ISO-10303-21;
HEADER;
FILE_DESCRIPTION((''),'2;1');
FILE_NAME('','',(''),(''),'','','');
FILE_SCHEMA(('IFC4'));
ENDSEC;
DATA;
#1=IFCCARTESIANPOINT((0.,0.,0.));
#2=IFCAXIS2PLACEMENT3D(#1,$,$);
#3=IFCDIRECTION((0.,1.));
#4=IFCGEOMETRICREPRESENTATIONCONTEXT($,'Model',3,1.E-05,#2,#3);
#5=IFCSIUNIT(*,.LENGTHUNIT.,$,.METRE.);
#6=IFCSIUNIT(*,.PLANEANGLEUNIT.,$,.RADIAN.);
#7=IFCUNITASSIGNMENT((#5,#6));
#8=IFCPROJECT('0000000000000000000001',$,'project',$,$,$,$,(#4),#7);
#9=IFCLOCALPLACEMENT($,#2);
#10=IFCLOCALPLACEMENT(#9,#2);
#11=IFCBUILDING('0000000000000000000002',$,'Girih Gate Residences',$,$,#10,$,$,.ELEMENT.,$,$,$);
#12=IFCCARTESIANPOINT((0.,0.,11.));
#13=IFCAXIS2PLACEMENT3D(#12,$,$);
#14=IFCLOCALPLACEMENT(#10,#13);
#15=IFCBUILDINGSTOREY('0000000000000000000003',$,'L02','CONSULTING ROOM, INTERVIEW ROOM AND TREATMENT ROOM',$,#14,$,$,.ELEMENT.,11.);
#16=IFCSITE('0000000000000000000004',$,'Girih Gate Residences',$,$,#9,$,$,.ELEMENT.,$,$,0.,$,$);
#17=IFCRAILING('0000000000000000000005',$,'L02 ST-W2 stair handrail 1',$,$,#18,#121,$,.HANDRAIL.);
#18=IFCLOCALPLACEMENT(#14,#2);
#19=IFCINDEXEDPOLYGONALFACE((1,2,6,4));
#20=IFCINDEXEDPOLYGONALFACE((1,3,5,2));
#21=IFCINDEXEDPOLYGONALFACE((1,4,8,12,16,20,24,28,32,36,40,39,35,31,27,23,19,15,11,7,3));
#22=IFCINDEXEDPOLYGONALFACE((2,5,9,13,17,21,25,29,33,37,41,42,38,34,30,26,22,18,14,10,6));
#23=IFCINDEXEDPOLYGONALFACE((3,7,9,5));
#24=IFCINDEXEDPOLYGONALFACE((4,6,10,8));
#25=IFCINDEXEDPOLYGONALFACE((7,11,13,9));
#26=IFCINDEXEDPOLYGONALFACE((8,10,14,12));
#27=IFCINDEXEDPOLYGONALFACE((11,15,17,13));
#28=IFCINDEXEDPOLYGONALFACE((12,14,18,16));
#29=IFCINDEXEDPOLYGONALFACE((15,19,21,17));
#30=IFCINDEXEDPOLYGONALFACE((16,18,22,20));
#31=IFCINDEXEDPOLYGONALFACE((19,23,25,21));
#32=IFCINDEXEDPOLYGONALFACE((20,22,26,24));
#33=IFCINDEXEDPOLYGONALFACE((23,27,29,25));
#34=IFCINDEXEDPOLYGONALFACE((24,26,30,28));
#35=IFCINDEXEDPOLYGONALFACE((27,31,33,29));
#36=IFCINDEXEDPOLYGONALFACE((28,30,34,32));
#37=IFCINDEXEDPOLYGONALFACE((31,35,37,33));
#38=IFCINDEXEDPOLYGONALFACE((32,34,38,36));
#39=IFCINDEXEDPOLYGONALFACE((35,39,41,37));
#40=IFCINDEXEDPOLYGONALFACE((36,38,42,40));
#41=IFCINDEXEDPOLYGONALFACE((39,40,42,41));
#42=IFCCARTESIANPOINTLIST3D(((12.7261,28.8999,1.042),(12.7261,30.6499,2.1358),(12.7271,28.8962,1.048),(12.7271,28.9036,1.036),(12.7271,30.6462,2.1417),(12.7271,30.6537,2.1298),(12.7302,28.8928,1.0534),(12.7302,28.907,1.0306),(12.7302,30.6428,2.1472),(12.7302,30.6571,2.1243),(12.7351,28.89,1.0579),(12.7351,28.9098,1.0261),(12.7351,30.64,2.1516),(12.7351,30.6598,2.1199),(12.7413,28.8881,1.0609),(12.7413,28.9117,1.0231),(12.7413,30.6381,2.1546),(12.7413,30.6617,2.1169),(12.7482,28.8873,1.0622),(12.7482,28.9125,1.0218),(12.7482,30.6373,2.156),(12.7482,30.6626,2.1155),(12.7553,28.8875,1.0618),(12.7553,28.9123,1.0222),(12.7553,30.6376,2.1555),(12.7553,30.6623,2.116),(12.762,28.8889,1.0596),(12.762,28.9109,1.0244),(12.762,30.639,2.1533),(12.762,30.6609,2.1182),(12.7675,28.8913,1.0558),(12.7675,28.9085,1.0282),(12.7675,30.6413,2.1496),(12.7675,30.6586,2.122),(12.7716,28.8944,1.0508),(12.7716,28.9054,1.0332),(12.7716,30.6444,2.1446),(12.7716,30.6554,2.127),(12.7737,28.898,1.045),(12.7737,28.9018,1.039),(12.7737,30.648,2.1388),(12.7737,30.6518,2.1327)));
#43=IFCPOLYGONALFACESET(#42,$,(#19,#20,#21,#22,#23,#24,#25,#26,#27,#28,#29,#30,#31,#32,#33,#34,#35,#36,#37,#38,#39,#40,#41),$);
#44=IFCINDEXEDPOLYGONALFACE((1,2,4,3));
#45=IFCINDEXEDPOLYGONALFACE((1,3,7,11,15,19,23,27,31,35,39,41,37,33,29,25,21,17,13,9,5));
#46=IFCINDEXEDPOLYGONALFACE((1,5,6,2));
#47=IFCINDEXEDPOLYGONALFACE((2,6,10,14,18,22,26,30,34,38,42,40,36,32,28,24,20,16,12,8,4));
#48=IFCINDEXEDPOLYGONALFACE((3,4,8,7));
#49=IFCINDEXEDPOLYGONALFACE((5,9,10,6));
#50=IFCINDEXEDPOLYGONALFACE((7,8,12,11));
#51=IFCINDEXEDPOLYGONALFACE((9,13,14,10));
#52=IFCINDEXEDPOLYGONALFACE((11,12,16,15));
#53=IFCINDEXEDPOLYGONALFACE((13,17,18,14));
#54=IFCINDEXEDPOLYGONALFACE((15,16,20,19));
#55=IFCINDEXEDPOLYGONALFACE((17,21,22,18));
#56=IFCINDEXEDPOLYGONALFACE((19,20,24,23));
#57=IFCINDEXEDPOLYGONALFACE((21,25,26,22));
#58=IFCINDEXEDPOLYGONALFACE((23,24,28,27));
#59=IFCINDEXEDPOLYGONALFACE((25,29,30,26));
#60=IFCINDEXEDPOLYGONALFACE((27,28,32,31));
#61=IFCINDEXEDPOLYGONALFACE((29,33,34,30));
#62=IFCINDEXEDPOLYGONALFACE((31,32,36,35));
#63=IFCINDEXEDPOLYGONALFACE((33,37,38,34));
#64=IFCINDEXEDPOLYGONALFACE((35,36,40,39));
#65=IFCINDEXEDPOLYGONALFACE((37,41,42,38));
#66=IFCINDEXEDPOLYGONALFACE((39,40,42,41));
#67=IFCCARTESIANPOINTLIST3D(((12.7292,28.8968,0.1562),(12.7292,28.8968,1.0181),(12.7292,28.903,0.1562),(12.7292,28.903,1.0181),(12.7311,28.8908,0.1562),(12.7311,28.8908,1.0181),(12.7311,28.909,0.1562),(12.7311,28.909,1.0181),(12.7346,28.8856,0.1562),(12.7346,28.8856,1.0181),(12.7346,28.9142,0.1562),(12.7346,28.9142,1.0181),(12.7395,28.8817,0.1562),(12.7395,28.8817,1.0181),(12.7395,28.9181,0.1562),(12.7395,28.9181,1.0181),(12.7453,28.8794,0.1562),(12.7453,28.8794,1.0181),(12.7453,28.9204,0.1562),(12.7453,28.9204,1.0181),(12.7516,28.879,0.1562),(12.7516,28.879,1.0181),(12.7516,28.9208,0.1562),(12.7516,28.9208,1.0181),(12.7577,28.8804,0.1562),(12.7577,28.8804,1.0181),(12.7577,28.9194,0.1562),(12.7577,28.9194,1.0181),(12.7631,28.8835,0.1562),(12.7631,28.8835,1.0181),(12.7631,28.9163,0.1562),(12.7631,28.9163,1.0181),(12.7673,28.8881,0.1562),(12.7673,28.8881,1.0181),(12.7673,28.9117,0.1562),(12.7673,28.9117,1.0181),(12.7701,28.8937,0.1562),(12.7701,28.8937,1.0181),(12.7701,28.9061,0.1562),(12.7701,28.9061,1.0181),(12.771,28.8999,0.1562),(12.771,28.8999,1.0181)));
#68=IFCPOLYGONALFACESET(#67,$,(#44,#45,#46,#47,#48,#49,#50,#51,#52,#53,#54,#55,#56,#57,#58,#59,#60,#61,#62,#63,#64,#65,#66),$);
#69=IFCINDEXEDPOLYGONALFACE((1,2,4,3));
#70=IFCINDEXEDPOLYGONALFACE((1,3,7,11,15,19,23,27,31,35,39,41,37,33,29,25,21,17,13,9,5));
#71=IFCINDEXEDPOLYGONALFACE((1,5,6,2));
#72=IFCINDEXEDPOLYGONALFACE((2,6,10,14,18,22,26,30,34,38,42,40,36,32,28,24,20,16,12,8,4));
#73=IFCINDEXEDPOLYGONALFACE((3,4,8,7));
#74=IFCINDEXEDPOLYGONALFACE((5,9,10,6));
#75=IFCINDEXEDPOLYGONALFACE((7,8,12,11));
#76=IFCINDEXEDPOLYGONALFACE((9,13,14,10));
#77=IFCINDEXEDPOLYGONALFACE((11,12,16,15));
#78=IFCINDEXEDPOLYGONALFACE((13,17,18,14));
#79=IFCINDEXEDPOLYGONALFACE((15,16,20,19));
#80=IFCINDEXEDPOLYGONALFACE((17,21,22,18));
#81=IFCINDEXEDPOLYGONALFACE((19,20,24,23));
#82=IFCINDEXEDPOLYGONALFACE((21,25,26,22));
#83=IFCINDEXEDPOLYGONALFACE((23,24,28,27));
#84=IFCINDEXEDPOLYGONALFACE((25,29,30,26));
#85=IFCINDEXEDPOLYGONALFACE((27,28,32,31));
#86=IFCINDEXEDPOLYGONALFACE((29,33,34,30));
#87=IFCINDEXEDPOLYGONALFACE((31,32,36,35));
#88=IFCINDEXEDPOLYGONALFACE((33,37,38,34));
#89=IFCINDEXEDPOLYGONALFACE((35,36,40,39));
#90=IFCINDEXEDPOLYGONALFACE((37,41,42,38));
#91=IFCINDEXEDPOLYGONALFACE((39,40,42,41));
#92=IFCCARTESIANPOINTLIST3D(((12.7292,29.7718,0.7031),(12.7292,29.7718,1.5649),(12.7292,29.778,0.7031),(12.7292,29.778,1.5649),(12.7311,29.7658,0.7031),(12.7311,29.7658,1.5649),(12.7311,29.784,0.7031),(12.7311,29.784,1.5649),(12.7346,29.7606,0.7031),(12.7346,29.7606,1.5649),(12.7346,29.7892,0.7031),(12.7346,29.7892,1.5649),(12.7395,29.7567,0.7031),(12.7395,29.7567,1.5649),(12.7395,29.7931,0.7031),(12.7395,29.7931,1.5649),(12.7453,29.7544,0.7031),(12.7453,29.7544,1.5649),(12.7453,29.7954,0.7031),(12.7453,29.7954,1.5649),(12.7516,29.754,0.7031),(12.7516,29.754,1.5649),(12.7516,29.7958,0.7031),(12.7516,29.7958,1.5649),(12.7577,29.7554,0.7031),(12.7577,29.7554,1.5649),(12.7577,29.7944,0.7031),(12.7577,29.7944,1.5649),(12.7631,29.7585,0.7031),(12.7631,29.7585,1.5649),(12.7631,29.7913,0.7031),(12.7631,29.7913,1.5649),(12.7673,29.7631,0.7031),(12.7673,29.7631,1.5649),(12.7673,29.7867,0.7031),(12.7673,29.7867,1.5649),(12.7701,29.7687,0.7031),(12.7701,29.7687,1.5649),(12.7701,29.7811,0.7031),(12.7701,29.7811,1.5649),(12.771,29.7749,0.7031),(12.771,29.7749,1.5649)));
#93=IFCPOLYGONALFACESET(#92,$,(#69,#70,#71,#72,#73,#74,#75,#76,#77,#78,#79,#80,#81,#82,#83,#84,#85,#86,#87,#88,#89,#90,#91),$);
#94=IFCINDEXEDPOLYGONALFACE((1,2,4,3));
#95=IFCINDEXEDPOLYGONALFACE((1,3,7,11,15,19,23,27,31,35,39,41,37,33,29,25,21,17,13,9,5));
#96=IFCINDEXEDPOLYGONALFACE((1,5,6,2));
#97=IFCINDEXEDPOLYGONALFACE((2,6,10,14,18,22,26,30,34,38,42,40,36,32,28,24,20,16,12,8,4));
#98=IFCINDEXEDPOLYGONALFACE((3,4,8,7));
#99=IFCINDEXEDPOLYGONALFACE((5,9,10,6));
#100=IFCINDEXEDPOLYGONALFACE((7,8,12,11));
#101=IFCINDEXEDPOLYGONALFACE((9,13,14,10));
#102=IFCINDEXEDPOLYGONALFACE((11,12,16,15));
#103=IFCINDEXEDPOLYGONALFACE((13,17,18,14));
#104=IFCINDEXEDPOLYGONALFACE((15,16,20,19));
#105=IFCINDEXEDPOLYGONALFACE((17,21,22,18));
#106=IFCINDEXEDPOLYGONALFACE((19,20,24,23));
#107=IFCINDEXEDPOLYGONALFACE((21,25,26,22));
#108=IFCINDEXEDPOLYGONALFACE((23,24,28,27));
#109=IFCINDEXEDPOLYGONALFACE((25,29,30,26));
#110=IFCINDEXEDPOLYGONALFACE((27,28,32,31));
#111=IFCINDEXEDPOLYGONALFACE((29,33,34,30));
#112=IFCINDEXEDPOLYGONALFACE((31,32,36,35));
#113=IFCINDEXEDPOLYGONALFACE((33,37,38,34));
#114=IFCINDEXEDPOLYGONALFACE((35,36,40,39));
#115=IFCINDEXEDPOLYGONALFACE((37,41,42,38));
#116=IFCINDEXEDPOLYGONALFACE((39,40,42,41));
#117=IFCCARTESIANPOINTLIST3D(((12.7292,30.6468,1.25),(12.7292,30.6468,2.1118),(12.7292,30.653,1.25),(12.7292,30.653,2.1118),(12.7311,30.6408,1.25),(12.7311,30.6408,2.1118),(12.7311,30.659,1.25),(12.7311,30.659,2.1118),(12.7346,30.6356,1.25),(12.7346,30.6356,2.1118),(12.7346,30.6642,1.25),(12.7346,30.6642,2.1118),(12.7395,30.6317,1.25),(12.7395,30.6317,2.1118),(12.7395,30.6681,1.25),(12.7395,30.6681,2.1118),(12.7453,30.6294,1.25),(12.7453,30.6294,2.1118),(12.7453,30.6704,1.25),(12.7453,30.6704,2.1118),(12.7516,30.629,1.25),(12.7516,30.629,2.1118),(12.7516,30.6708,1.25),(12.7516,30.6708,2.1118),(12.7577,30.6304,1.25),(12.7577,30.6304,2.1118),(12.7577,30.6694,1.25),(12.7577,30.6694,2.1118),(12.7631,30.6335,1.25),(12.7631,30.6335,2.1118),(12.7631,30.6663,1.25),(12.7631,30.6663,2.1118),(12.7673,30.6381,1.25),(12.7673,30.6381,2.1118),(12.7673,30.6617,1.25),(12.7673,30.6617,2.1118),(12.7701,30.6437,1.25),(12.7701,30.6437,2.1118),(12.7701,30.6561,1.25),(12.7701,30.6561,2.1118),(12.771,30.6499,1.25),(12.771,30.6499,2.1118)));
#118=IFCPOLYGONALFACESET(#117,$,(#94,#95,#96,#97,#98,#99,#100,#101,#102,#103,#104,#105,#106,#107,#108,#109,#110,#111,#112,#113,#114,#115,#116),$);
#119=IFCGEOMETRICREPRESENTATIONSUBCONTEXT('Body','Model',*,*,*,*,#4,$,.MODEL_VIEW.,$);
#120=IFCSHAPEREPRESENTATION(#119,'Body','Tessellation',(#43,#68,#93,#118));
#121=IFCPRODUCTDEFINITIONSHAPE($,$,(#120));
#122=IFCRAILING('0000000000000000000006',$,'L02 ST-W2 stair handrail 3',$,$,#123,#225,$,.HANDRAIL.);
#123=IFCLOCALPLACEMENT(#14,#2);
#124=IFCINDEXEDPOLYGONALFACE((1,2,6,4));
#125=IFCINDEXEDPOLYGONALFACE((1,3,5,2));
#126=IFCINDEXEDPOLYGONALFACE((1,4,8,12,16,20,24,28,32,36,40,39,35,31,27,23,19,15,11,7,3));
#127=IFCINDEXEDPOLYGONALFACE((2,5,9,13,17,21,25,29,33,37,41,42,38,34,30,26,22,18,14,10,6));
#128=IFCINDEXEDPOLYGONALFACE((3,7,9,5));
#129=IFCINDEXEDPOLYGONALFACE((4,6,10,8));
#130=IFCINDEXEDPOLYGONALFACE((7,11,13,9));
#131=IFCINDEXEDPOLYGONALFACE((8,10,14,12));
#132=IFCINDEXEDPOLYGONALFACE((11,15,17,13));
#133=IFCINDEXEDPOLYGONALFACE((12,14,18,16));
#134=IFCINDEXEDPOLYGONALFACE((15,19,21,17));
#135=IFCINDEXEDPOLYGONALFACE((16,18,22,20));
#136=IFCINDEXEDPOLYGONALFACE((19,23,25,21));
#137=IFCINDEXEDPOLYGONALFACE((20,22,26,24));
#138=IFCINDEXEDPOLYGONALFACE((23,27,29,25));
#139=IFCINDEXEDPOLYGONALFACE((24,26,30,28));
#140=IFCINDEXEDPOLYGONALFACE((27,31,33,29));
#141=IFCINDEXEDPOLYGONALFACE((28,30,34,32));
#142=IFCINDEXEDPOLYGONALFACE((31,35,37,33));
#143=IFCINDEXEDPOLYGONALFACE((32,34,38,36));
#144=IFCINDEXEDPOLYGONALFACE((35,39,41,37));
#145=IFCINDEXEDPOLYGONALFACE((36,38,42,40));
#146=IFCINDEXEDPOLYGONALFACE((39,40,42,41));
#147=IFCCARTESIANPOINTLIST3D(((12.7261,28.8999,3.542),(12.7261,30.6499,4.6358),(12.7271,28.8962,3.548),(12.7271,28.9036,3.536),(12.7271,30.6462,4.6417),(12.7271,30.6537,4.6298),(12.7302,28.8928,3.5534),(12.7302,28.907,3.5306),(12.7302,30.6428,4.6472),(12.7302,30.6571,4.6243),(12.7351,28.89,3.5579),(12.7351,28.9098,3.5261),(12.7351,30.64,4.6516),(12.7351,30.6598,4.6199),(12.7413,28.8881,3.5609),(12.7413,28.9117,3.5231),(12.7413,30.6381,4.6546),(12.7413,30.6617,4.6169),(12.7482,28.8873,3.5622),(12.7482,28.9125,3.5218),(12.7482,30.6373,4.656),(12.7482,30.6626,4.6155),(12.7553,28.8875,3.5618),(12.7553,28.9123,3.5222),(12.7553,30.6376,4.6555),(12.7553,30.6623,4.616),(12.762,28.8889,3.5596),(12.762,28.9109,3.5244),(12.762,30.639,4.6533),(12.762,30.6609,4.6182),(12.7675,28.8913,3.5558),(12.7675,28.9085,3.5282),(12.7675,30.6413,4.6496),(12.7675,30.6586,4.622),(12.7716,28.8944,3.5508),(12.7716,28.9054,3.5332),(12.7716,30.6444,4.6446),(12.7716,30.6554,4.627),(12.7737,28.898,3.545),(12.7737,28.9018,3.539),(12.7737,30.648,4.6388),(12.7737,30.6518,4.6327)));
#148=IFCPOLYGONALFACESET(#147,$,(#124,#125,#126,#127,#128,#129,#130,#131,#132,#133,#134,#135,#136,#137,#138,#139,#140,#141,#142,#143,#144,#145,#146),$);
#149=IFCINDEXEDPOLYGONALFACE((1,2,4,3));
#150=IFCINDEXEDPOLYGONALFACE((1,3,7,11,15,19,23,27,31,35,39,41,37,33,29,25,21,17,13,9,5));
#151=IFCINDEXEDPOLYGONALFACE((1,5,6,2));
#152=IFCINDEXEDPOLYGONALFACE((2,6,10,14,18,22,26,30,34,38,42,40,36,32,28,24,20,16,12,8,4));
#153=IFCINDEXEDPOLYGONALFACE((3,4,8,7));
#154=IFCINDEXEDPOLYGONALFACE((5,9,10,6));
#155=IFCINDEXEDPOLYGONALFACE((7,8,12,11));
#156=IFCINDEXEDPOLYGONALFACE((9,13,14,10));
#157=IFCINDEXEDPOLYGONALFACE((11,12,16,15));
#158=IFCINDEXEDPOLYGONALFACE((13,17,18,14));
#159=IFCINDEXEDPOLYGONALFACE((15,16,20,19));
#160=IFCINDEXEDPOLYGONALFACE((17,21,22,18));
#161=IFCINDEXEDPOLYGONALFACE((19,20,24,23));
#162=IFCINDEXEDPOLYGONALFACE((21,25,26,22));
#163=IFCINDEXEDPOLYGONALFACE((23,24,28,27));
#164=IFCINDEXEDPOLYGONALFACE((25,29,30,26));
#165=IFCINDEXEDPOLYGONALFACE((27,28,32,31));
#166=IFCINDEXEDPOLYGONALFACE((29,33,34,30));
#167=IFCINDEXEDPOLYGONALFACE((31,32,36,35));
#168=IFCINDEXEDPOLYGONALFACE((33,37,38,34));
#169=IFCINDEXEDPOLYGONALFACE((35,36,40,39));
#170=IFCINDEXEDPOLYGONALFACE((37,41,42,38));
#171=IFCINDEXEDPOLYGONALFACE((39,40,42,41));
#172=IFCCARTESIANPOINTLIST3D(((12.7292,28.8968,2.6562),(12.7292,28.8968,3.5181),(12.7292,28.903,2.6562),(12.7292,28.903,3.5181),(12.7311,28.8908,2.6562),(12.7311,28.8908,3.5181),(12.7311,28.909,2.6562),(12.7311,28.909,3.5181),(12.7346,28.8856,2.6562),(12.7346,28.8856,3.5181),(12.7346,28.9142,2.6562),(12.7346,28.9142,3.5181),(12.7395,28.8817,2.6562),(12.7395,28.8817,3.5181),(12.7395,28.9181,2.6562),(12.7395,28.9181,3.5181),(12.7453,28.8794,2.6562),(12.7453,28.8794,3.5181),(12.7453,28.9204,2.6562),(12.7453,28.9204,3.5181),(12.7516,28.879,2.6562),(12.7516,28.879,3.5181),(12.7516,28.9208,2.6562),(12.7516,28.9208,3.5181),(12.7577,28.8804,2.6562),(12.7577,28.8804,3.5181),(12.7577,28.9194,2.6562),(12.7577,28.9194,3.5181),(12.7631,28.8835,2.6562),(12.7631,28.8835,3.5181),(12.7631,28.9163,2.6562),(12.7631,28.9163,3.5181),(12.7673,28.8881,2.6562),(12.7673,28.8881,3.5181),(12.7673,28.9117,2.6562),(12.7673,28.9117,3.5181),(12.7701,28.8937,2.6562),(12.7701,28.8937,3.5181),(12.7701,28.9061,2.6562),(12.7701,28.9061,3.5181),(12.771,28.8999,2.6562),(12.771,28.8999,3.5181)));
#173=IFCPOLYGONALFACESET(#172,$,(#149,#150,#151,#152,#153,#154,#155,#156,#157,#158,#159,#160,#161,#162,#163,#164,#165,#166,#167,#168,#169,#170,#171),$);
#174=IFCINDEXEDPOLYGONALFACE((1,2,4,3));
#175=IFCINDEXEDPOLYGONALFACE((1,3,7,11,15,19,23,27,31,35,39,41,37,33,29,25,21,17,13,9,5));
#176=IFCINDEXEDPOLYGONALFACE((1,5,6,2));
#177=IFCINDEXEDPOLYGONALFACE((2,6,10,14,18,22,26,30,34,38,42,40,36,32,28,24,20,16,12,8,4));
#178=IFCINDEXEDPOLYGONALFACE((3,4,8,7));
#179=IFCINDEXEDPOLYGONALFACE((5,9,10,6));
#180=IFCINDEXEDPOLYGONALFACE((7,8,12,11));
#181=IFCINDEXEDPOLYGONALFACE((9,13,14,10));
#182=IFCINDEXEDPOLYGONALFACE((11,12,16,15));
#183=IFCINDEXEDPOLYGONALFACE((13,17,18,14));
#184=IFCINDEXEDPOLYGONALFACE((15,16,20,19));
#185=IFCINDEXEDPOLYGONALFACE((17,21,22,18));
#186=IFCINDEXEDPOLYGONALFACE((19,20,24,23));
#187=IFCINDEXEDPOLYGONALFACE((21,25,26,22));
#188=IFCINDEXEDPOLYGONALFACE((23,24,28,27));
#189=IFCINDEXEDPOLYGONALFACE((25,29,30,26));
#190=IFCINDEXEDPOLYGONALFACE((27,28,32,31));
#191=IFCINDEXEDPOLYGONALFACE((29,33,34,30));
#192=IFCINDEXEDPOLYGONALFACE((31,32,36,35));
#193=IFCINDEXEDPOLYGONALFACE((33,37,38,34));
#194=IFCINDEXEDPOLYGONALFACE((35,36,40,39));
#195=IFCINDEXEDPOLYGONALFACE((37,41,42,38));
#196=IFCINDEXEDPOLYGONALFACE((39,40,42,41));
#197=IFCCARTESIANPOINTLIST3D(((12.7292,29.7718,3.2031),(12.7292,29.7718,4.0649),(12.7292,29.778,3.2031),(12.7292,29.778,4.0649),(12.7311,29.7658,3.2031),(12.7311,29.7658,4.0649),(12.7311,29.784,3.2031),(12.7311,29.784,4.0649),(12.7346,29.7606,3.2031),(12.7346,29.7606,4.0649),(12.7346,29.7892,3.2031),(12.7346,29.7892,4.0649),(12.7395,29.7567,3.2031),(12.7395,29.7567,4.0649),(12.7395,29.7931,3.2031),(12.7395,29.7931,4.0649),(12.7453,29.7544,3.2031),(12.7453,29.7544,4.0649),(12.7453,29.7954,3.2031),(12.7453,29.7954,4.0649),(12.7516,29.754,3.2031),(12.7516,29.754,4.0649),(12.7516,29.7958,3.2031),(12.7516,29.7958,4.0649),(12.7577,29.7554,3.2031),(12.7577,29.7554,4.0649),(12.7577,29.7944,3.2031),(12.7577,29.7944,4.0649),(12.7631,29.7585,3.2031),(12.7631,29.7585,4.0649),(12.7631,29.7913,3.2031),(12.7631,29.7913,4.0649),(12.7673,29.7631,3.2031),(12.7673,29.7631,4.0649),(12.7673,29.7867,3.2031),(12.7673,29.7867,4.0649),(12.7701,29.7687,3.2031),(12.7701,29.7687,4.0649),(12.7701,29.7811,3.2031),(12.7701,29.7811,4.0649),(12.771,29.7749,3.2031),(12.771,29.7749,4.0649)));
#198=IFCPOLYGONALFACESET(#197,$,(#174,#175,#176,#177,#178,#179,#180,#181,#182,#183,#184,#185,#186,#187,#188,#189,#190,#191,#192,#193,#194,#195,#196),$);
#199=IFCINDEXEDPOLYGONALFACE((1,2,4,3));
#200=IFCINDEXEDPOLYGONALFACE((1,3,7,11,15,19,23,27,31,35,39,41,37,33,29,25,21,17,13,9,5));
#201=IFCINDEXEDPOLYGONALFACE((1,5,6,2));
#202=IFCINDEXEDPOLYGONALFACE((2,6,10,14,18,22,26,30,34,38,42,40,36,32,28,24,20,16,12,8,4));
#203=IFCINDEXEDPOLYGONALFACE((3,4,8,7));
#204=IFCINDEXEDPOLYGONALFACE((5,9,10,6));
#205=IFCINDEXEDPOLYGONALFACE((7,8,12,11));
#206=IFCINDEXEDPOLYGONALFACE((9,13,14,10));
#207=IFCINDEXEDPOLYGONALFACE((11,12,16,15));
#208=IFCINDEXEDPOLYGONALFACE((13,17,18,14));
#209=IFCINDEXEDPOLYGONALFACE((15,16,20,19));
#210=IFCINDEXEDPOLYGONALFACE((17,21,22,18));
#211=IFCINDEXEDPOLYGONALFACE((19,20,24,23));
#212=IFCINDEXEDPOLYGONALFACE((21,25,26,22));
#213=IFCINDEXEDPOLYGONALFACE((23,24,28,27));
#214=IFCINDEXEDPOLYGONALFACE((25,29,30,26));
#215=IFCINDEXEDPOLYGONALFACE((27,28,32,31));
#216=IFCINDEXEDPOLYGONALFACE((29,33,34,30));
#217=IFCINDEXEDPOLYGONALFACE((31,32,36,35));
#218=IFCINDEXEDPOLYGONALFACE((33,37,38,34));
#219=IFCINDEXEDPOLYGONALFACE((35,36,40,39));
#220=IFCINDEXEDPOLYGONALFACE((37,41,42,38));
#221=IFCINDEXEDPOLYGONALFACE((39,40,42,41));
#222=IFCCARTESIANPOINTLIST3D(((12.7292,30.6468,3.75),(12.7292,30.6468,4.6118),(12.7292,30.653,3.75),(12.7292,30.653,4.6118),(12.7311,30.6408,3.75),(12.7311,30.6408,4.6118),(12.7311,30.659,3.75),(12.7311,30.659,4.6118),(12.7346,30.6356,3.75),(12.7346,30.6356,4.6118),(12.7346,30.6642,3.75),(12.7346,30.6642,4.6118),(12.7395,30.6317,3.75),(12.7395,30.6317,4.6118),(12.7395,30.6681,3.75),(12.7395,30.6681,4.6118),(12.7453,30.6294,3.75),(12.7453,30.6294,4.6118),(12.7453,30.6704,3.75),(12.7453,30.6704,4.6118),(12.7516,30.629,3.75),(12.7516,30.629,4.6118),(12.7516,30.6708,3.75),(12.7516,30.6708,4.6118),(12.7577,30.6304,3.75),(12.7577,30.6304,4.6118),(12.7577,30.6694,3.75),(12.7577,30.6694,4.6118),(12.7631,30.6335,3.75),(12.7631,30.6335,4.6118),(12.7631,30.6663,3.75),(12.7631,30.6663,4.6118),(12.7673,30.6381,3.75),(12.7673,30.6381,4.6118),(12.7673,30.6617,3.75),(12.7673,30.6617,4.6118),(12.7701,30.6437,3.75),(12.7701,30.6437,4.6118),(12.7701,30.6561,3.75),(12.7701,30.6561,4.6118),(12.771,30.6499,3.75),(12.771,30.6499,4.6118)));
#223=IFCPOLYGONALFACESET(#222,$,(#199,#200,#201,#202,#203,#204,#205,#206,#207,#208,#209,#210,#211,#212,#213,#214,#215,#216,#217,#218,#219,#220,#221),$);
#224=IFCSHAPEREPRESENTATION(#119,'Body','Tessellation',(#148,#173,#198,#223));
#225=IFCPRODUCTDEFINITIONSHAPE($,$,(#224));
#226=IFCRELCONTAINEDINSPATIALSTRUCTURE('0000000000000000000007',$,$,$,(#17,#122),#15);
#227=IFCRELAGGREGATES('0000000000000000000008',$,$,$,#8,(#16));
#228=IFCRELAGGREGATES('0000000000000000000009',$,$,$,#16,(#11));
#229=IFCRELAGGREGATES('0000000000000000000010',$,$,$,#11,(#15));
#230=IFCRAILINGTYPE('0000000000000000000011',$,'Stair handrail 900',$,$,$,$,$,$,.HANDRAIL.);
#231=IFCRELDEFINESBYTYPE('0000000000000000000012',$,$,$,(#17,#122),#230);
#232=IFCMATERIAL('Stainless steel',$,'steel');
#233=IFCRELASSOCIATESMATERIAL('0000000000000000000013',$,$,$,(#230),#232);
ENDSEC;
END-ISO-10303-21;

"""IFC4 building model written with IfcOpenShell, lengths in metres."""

from ifc_helpers import new_model, si_unit, direction, frame, origin, origin_2d, place, context, subcontext, project, spatial, circle, extrude, material, type_object, element, save


model = new_model("IFC4")

# Units and contexts
model_context = context("Model", 3, precision=1e-05, world=origin(), true_north=direction((0.0, 1.0)))
body_context = subcontext(model_context, "Body", "Model", "MODEL_VIEW")
ifc_project = project(units=[si_unit("LENGTHUNIT", "METRE"), si_unit("PLANEANGLEUNIT", "RADIAN")], contexts=[model_context])

# Site, building, storey
site_placement = place(None, origin())
site = spatial("IfcSite", under=ifc_project, at=site_placement, Name="Girih Gate Residences", CompositionType="ELEMENT", RefElevation=0.0)
building_placement = place(site_placement, origin())
building = spatial("IfcBuilding", under=site, at=building_placement, Name="Girih Gate Residences", CompositionType="ELEMENT")
storey_placement = place(building_placement, frame((0.0, 0.0, 11.0)))
storey = spatial("IfcBuildingStorey", under=building, at=storey_placement, Name="L02", Description="CONSULTING ROOM, INTERVIEW ROOM AND TREATMENT ROOM", CompositionType="ELEMENT", Elevation=11.0)

# Railings
ifc_material_1 = material(Name="Stainless steel", Category="steel")
railing_type_1 = type_object("IfcRailingType", Name="Stair handrail 900", PredefinedType="HANDRAIL", material=ifc_material_1)
for number, where, name in (
    (1, (12.75, 28.8999, 0.1562), "L02 ST-W2 stair handrail 1"),
    (2, (12.75, 28.8999, 2.6562), "L02 ST-W2 stair handrail 3"),
):
    element("IfcRailing", number, at=place(storey_placement, frame(where)), inside=storey, type_object=railing_type_1, Name=name, PredefinedType="HANDRAIL", context=body_context, shape_type="SweptSolid", body=[
        extrude(circle(Radius=0.0239, at=origin_2d()), frame((0.0, 0.0, 0.8857), z_axis=(0.0, 0.847998, 0.529999), x_axis=(-1.0, 0.0, 0.0)), (0.0, 0.0, 1.0), 2.0637),
        extrude(circle(Radius=0.021, at=origin_2d()), origin(), (0.0, 0.0, 1.0), 0.8618),
        extrude(circle(Radius=0.021, at=origin_2d()), frame((0.0, 0.875, 0.5469)), (0.0, 0.0, 1.0), 0.8618),
        extrude(circle(Radius=0.021, at=origin_2d()), frame((0.0, 1.75, 1.0938)), (0.0, 0.0, 1.0), 0.8618),
    ])

save(model, "model.ifc")
